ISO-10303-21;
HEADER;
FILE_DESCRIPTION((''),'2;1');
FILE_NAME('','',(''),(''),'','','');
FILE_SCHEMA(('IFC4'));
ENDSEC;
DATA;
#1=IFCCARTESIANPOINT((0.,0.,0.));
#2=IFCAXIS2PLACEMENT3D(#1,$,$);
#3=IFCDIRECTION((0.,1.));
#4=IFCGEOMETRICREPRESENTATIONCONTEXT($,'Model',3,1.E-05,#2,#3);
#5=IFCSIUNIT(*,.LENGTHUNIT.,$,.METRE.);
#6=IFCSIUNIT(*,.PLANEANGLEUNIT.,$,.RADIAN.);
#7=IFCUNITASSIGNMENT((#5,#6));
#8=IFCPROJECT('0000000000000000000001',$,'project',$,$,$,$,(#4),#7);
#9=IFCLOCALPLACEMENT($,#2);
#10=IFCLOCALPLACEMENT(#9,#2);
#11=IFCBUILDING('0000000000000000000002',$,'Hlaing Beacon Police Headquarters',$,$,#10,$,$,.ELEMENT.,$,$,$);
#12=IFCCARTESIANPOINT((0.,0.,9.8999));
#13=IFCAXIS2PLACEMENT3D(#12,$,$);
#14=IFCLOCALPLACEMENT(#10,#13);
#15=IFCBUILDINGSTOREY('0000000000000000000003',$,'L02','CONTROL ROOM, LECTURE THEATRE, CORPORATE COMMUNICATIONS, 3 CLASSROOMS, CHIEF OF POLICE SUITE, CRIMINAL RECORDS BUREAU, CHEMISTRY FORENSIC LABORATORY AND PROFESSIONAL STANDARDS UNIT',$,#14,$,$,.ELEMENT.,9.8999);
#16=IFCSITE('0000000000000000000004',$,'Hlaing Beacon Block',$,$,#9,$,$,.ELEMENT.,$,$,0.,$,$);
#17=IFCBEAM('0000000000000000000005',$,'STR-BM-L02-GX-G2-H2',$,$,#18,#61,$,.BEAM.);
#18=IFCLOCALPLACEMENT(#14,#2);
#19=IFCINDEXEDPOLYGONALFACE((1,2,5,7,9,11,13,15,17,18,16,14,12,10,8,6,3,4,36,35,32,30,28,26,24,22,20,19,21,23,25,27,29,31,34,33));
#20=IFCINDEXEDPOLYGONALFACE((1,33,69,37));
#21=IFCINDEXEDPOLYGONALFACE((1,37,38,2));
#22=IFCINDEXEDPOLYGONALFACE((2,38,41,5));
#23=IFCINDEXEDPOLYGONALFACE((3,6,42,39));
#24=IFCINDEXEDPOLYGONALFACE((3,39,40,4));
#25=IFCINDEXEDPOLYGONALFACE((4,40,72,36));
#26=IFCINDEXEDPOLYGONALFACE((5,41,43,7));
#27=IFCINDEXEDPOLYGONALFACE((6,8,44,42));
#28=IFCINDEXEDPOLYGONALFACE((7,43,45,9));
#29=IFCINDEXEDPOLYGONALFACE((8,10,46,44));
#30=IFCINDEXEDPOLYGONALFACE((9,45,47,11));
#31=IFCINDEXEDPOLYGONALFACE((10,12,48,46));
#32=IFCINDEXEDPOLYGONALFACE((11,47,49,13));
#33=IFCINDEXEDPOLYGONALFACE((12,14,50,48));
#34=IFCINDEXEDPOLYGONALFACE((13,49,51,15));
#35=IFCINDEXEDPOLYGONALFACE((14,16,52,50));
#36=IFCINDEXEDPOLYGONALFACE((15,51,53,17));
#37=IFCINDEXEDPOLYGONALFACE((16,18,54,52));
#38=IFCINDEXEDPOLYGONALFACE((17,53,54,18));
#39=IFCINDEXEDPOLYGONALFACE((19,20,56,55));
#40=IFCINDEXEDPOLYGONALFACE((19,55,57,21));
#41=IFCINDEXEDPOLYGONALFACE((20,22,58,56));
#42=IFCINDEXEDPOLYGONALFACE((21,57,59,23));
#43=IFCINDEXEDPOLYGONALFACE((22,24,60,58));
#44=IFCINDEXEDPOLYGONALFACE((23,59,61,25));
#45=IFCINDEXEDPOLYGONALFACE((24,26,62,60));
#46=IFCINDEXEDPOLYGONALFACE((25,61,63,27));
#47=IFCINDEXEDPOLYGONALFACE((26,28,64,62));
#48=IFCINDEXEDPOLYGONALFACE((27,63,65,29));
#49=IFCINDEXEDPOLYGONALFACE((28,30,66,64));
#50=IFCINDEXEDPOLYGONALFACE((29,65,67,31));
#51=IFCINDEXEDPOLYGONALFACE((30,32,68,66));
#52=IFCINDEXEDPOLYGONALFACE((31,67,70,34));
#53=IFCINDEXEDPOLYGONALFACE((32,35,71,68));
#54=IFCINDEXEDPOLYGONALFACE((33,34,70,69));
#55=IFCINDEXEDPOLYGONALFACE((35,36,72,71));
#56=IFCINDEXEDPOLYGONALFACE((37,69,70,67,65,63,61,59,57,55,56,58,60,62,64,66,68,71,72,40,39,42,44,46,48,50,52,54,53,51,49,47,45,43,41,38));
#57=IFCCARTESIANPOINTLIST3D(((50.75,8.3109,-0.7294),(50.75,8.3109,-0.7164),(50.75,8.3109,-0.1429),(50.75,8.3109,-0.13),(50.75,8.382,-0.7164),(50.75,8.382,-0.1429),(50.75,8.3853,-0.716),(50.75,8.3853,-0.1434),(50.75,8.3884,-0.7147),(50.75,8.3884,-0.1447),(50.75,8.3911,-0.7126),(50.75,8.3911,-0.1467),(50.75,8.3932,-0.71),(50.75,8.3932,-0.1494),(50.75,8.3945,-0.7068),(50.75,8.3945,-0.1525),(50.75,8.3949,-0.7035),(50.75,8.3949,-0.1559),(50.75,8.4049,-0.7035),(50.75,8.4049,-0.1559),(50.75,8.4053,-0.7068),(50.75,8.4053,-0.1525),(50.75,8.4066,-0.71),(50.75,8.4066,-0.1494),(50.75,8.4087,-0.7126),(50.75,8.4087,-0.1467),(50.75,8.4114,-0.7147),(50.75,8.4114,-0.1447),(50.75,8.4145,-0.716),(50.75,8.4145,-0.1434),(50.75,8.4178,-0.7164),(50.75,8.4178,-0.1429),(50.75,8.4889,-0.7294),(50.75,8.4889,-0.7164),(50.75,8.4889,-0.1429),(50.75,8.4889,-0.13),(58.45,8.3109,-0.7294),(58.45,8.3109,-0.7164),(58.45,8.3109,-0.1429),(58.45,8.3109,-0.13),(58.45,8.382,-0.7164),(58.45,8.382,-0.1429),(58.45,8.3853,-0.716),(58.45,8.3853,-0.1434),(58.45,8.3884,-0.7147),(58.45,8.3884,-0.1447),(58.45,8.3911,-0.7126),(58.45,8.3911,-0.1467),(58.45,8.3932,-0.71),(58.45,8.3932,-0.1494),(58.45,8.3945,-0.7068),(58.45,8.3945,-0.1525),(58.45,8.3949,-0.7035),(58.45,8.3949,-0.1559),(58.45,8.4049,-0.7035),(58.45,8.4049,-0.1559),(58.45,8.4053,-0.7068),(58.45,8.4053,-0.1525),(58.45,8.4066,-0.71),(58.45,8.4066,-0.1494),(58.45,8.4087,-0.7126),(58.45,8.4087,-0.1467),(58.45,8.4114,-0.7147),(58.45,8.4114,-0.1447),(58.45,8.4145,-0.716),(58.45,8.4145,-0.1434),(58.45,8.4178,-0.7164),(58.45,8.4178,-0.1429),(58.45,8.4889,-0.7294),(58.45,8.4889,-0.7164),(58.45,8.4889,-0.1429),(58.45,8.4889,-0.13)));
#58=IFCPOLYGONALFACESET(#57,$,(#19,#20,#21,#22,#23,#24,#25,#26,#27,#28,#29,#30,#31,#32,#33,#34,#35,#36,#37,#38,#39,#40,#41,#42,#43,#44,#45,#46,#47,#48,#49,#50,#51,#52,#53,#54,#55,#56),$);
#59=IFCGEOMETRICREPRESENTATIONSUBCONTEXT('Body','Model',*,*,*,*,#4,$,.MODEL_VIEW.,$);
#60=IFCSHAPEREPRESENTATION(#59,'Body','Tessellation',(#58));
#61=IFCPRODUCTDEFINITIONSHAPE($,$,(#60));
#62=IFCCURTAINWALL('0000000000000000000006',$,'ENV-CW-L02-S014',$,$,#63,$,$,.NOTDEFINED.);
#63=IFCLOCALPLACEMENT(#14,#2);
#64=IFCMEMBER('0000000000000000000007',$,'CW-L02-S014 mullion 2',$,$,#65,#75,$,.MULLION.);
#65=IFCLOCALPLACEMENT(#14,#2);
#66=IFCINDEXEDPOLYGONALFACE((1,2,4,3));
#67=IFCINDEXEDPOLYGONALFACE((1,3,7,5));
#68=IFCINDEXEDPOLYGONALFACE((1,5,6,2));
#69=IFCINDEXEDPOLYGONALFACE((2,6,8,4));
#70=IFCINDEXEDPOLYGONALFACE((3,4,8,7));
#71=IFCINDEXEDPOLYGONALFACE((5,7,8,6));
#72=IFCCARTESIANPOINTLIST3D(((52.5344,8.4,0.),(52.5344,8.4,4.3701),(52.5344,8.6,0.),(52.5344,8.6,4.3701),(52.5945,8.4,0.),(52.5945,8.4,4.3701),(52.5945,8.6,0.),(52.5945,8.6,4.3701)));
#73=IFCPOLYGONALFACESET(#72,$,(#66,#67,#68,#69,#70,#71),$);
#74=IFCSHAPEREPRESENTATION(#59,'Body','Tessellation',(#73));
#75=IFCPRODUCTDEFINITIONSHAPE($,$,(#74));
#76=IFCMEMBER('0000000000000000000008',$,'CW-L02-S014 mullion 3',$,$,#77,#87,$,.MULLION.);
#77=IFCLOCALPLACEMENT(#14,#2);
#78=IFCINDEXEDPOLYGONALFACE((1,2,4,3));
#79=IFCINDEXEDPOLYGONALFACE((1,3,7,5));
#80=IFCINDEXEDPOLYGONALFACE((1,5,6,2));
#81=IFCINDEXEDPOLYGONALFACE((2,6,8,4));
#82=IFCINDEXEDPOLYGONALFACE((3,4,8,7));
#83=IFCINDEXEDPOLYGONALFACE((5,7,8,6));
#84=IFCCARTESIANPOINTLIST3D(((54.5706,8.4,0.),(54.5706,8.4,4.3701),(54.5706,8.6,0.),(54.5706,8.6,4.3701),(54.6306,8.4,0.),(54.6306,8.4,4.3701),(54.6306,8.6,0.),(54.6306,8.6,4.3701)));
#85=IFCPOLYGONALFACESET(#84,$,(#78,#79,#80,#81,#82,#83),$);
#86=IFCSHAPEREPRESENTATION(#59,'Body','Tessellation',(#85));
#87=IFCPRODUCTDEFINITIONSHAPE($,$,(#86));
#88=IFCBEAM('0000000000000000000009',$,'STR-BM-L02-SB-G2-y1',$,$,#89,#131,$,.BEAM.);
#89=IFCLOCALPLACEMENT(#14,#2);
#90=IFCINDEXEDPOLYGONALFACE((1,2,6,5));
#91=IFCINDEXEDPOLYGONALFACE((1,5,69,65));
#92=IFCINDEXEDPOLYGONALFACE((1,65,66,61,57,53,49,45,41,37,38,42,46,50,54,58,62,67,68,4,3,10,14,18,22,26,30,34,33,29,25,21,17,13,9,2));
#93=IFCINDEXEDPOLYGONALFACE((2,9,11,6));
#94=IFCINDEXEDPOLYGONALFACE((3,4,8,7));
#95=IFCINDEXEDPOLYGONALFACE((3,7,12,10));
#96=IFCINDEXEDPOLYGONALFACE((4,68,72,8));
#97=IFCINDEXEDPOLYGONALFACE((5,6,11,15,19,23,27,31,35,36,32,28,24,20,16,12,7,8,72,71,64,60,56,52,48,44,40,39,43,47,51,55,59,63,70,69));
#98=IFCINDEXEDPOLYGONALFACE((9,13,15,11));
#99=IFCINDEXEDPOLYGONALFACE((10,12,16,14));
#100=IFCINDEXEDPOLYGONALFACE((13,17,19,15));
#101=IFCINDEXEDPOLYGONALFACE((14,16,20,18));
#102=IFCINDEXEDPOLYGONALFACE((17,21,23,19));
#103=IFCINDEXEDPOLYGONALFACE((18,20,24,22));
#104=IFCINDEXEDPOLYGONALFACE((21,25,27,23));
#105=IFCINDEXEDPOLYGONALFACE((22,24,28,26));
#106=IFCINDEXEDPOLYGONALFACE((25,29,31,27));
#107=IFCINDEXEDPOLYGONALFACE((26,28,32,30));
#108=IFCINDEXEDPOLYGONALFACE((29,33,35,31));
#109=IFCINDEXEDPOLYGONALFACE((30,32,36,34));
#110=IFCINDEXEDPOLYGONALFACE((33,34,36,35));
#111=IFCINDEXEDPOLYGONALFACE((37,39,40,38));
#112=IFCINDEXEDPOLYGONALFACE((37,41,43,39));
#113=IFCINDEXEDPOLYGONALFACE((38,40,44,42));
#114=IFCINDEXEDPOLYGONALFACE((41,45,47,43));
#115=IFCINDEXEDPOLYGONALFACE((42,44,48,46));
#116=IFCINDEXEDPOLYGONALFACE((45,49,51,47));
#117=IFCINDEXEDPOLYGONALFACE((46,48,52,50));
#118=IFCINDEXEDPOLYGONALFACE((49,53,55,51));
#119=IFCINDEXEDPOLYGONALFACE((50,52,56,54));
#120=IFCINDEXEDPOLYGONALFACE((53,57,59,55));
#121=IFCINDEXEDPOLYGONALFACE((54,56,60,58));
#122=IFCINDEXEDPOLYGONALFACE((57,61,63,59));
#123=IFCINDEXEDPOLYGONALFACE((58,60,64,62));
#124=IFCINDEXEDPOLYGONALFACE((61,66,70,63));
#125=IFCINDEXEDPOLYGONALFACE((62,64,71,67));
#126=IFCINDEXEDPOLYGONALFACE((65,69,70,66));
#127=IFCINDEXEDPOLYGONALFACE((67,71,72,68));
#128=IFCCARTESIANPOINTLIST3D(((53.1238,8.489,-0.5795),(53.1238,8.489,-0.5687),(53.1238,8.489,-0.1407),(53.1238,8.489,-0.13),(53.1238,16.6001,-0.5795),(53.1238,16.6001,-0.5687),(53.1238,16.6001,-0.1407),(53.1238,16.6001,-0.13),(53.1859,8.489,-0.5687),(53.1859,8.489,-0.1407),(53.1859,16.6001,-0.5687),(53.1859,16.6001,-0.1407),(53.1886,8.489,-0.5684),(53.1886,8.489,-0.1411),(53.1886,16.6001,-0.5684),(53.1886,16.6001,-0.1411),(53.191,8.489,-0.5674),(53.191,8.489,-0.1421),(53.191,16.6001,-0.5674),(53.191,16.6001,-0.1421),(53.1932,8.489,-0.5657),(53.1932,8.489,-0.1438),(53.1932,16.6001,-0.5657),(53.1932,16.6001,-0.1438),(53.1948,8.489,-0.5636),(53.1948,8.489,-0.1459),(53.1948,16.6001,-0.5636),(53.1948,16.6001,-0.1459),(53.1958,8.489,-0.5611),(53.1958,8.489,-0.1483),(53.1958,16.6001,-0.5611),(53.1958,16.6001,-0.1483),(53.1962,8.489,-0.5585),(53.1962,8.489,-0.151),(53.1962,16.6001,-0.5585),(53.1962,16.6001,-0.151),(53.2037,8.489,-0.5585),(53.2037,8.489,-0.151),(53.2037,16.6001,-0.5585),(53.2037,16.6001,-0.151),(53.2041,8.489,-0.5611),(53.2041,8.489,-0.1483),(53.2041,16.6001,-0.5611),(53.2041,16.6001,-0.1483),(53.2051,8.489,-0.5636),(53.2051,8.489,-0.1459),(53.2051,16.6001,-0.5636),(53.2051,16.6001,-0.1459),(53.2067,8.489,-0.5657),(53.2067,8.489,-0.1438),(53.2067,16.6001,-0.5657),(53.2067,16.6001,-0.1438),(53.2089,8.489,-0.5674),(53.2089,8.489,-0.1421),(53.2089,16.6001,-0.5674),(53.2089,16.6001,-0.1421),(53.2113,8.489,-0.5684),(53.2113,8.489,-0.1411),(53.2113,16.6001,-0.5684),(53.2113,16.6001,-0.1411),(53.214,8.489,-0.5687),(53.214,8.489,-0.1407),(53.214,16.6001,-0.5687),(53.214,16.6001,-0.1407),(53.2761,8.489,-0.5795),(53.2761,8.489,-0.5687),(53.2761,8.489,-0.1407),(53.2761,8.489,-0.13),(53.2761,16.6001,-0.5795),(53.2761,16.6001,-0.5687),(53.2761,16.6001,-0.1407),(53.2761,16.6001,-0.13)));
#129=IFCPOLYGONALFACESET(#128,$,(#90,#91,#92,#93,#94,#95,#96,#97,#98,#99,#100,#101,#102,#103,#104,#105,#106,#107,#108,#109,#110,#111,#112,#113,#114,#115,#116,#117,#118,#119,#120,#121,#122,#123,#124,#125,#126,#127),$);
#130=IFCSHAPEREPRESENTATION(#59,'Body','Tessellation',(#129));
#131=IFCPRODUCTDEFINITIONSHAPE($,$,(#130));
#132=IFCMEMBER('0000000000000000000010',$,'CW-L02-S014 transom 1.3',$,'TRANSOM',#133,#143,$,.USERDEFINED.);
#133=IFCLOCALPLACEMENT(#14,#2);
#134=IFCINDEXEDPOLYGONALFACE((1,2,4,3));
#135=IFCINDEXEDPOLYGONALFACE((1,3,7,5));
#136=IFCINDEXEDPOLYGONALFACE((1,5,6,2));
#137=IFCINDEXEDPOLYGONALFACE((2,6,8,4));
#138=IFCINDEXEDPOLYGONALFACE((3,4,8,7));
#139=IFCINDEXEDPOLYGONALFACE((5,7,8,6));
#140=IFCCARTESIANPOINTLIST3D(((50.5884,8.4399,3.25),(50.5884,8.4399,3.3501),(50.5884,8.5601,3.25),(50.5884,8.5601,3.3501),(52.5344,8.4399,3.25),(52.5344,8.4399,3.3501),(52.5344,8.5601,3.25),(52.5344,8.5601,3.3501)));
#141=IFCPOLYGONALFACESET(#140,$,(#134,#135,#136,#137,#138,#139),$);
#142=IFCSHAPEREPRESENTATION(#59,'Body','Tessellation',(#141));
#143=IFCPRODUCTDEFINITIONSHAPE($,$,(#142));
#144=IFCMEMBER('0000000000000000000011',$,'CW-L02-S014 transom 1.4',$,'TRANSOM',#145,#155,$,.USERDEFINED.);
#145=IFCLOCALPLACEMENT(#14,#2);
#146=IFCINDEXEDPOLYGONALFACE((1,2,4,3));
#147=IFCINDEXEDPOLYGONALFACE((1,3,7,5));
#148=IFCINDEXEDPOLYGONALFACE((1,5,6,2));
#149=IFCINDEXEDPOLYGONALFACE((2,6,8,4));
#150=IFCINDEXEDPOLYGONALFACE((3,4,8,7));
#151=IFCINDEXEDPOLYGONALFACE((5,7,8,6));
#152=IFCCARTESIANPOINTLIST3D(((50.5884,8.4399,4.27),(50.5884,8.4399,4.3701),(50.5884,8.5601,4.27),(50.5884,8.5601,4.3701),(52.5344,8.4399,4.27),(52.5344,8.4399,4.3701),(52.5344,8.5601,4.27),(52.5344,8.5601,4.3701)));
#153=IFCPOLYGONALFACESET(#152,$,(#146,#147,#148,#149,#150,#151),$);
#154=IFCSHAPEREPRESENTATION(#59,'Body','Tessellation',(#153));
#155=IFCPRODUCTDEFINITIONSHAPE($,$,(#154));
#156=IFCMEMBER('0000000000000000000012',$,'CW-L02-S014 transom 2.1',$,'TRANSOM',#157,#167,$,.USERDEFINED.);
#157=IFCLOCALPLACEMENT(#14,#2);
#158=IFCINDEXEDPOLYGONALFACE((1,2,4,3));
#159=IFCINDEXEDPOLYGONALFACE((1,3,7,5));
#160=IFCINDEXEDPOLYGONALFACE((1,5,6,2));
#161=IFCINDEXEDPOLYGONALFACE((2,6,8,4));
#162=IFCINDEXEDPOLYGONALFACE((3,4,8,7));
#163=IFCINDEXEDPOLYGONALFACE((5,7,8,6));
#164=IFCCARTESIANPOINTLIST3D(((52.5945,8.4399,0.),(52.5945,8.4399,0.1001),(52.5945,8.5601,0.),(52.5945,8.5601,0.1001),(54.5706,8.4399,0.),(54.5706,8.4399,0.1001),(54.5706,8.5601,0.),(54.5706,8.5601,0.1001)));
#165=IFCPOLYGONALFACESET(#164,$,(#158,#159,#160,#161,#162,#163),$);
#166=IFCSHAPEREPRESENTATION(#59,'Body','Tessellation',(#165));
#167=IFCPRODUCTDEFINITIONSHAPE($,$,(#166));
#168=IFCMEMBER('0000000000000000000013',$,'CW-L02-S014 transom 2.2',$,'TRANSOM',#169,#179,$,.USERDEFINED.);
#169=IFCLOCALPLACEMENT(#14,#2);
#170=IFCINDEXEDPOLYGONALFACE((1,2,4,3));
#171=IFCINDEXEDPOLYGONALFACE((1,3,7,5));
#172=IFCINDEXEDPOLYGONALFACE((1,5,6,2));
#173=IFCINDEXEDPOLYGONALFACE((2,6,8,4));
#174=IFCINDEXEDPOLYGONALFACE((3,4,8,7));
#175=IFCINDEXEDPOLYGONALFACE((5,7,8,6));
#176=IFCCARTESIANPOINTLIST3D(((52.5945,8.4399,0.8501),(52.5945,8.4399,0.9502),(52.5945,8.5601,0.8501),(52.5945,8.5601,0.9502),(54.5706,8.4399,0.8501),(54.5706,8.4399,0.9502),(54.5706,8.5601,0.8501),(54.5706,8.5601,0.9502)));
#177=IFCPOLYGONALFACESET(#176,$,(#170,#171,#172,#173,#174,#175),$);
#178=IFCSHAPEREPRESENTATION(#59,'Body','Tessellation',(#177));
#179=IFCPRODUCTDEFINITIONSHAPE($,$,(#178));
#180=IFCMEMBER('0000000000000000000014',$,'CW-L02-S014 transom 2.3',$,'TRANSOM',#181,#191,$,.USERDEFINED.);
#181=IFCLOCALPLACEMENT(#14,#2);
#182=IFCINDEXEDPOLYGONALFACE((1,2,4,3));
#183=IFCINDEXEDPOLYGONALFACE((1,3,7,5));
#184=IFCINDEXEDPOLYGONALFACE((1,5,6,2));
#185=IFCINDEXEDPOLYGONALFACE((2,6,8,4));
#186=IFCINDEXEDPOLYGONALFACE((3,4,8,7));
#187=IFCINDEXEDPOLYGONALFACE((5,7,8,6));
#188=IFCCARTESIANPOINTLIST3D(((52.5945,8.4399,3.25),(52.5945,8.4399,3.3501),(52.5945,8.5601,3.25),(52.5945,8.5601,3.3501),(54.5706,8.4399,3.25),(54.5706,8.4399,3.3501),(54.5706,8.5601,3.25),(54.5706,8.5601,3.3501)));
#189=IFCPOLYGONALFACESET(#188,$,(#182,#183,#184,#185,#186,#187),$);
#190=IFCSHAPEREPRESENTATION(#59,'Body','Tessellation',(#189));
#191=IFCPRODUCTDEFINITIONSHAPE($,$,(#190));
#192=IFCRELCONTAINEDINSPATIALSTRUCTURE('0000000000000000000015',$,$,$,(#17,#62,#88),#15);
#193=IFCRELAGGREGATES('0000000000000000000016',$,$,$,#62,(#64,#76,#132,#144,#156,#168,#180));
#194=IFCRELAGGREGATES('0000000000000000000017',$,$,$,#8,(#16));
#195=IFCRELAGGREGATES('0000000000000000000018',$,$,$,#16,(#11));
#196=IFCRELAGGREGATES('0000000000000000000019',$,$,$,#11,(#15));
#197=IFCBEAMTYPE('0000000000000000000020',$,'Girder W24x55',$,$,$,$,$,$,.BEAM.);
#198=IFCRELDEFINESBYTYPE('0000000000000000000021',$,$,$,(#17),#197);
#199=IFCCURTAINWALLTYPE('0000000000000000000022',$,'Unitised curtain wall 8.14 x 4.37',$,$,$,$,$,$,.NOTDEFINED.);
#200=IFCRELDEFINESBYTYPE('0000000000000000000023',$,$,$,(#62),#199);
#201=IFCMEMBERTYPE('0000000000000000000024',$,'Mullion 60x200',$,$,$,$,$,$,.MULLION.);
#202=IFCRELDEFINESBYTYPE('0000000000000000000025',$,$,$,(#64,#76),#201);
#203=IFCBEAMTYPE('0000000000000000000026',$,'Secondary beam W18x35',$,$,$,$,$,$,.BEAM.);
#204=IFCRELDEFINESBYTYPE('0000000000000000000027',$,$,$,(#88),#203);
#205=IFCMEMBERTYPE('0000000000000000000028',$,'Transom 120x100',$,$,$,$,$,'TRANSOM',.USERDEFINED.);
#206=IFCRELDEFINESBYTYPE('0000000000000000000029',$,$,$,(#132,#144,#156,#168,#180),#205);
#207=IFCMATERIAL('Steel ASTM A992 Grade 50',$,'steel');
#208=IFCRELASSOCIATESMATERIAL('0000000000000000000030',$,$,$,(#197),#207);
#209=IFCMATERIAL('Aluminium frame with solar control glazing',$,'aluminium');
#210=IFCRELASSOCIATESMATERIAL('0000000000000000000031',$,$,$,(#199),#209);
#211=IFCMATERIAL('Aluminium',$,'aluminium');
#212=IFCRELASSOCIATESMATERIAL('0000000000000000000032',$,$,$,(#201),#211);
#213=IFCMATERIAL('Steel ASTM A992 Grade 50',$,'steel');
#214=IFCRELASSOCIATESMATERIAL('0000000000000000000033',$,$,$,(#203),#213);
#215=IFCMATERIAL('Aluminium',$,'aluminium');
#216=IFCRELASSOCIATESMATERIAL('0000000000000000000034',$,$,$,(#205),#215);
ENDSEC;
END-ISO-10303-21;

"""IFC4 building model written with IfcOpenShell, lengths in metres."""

from ifc_helpers import new_model, si_unit, direction, frame, origin, origin_2d, place, context, subcontext, project, spatial, rectangle, i_section, extrude, material, material_profile, profile_set, type_object, element, aggregate, save


model = new_model("IFC4")

# Units and contexts
model_context = context("Model", 3, precision=1e-05, world=origin(), true_north=direction((0.0, 1.0)))
body_context = subcontext(model_context, "Body", "Model", "MODEL_VIEW")
ifc_project = project(units=[si_unit("LENGTHUNIT", "METRE"), si_unit("PLANEANGLEUNIT", "RADIAN")], contexts=[model_context])

# Site, building, storey
site_placement = place(None, origin())
site = spatial("IfcSite", under=ifc_project, at=site_placement, Name="Hlaing Beacon Block", CompositionType="ELEMENT", RefElevation=0.0)
building_placement = place(site_placement, origin())
building = spatial("IfcBuilding", under=site, at=building_placement, Name="Hlaing Beacon Police Headquarters", CompositionType="ELEMENT")
storey_placement = place(building_placement, frame((0.0, 0.0, 9.8999)))
storey = spatial("IfcBuildingStorey", under=building, at=storey_placement, Name="L02", Description="CONTROL ROOM, LECTURE THEATRE, CORPORATE COMMUNICATIONS, 3 CLASSROOMS, CHIEF OF POLICE SUITE, CRIMINAL RECORDS BUREAU, CHEMISTRY FORENSIC LABORATORY AND PROFESSIONAL STANDARDS UNIT", CompositionType="ELEMENT", Elevation=9.8999)

# Beam
ifc_material_1 = material(Name="Steel ASTM A992 Grade 50", Category="steel")
ifc_material_profile_1 = material_profile(ifc_material_1, i_section(OverallWidth=0.178, OverallDepth=0.5994, WebThickness=0.01, FlangeThickness=0.0129, FilletRadius=0.0129, at=origin_2d()), Name="W24x55")
ifc_profile_set_1 = profile_set([ifc_material_profile_1], Name="Steel ASTM A992 Grade 50")
beam_type_1 = type_object("IfcBeamType", Name="Girder W24x55", PredefinedType="BEAM", material=ifc_profile_set_1)
beam_1_placement = place(storey_placement, frame((50.75, 8.3999, -0.4297), z_axis=(1.0, 0.0, 0.0), x_axis=(0.0, 1.0, 0.0)))
element("IfcBeam", 1, at=beam_1_placement, inside=storey, type_object=beam_type_1, Name="STR-BM-L02-GX-G2-H2", PredefinedType="BEAM", context=body_context, shape_type="SweptSolid", body=[
    extrude(i_section(OverallWidth=0.178, OverallDepth=0.5994, WebThickness=0.01, FlangeThickness=0.0129, FilletRadius=0.0129, at=origin_2d()), origin(), (0.0, 0.0, 1.0), 7.7),
])

# Curtain wall, members
ifc_material_2 = material(Name="Aluminium frame with solar control glazing", Category="aluminium")
curtain_wall_type = type_object("IfcCurtainWallType", Name="Unitised curtain wall 8.14 x 4.37", PredefinedType="NOTDEFINED", material=ifc_material_2)
curtain_wall_placement = place(storey_placement, origin())
curtain_wall = element("IfcCurtainWall", 2, at=curtain_wall_placement, inside=storey, type_object=curtain_wall_type, Name="ENV-CW-L02-S014", PredefinedType="NOTDEFINED")
ifc_material_3 = material(Name="Aluminium", Category="aluminium")
ifc_material_profile_2 = material_profile(ifc_material_3, rectangle(XDim=0.2, YDim=0.0601, at=origin_2d()), Name="Mullion 60x200")
ifc_profile_set_2 = profile_set([ifc_material_profile_2], Name="Aluminium")
member_type_1 = type_object("IfcMemberType", Name="Mullion 60x200", PredefinedType="MULLION", material=ifc_profile_set_2)
member_1_placement = place(storey_placement, frame((52.5645, 8.5, 0.0), z_axis=(0.0, 0.0, 1.0), x_axis=(0.0, 1.0, 0.0)))
member_1 = element("IfcMember", 3, at=member_1_placement, type_object=member_type_1, Name="CW-L02-S014 mullion 2", PredefinedType="MULLION", context=body_context, shape_type="SweptSolid", body=[
    extrude(rectangle(XDim=0.2, YDim=0.0601, at=origin_2d()), origin(), (0.0, 0.0, 1.0), 4.3701),
])
member_2_placement = place(storey_placement, frame((54.6006, 8.5, 0.0), z_axis=(0.0, 0.0, 1.0), x_axis=(0.0, 1.0, 0.0)))
member_2 = element("IfcMember", 4, at=member_2_placement, type_object=member_type_1, Name="CW-L02-S014 mullion 3", PredefinedType="MULLION", context=body_context, shape_type="SweptSolid", body=[
    extrude(rectangle(XDim=0.2, YDim=0.0601, at=origin_2d()), origin(), (0.0, 0.0, 1.0), 4.3701),
])

# Beam
ifc_material_4 = material(Name="Steel ASTM A992 Grade 50", Category="steel")
ifc_material_profile_3 = material_profile(ifc_material_4, i_section(OverallWidth=0.1523, OverallDepth=0.4495, WebThickness=0.0076, FlangeThickness=0.0107, FilletRadius=0.0103, at=origin_2d()), Name="W18x35")
ifc_profile_set_3 = profile_set([ifc_material_profile_3], Name="Steel ASTM A992 Grade 50")
beam_type_2 = type_object("IfcBeamType", Name="Secondary beam W18x35", PredefinedType="BEAM", material=ifc_profile_set_3)
beam_2_placement = place(storey_placement, frame((53.2, 8.489, -0.3547), z_axis=(0.0, 1.0, 0.0), x_axis=(-1.0, 0.0, 0.0)))
element("IfcBeam", 5, at=beam_2_placement, inside=storey, type_object=beam_type_2, Name="STR-BM-L02-SB-G2-y1", PredefinedType="BEAM", context=body_context, shape_type="SweptSolid", body=[
    extrude(i_section(OverallWidth=0.1523, OverallDepth=0.4495, WebThickness=0.0076, FlangeThickness=0.0107, FilletRadius=0.0103, at=origin_2d()), origin(), (0.0, 0.0, 1.0), 8.1111),
])

# Members
ifc_material_5 = material(Name="Aluminium", Category="aluminium")
ifc_material_profile_4 = material_profile(ifc_material_5, rectangle(XDim=0.1201, YDim=0.1001, at=origin_2d()), Name="Transom 120x100")
ifc_profile_set_4 = profile_set([ifc_material_profile_4], Name="Aluminium")
member_type_2 = type_object("IfcMemberType", Name="Transom 120x100", ElementType="TRANSOM", PredefinedType="USERDEFINED", material=ifc_profile_set_4)
member_3_placement = place(storey_placement, frame((50.5884, 8.5, 3.3), z_axis=(1.0, 0.0, 0.0), x_axis=(0.0, 1.0, 0.0)))
member_3 = element("IfcMember", 6, at=member_3_placement, type_object=member_type_2, Name="CW-L02-S014 transom 1.3", ObjectType="TRANSOM", PredefinedType="USERDEFINED", context=body_context, shape_type="SweptSolid", body=[
    extrude(rectangle(XDim=0.1201, YDim=0.1001, at=origin_2d()), origin(), (0.0, 0.0, 1.0), 1.946),
])
member_4_placement = place(storey_placement, frame((50.5884, 8.5, 4.3201), z_axis=(1.0, 0.0, 0.0), x_axis=(0.0, 1.0, 0.0)))
member_4 = element("IfcMember", 7, at=member_4_placement, type_object=member_type_2, Name="CW-L02-S014 transom 1.4", ObjectType="TRANSOM", PredefinedType="USERDEFINED", context=body_context, shape_type="SweptSolid", body=[
    extrude(rectangle(XDim=0.1201, YDim=0.1001, at=origin_2d()), origin(), (0.0, 0.0, 1.0), 1.946),
])
member_5_placement = place(storey_placement, frame((52.5945, 8.5, 0.05), z_axis=(1.0, 0.0, 0.0), x_axis=(0.0, 1.0, 0.0)))
member_5 = element("IfcMember", 8, at=member_5_placement, type_object=member_type_2, Name="CW-L02-S014 transom 2.1", ObjectType="TRANSOM", PredefinedType="USERDEFINED", context=body_context, shape_type="SweptSolid", body=[
    extrude(rectangle(XDim=0.1201, YDim=0.1001, at=origin_2d()), origin(), (0.0, 0.0, 1.0), 1.9761),
])
member_6_placement = place(storey_placement, frame((52.5945, 8.5, 0.9001), z_axis=(1.0, 0.0, 0.0), x_axis=(0.0, 1.0, 0.0)))
member_6 = element("IfcMember", 9, at=member_6_placement, type_object=member_type_2, Name="CW-L02-S014 transom 2.2", ObjectType="TRANSOM", PredefinedType="USERDEFINED", context=body_context, shape_type="SweptSolid", body=[
    extrude(rectangle(XDim=0.1201, YDim=0.1001, at=origin_2d()), origin(), (0.0, 0.0, 1.0), 1.9761),
])
member_7_placement = place(storey_placement, frame((52.5945, 8.5, 3.3), z_axis=(1.0, 0.0, 0.0), x_axis=(0.0, 1.0, 0.0)))
member_7 = element("IfcMember", 10, at=member_7_placement, type_object=member_type_2, Name="CW-L02-S014 transom 2.3", ObjectType="TRANSOM", PredefinedType="USERDEFINED", context=body_context, shape_type="SweptSolid", body=[
    extrude(rectangle(XDim=0.1201, YDim=0.1001, at=origin_2d()), origin(), (0.0, 0.0, 1.0), 1.9761),
])

aggregate(curtain_wall, [member_1, member_2, member_3, member_4, member_5, member_6, member_7])

save(model, "model.ifc")
